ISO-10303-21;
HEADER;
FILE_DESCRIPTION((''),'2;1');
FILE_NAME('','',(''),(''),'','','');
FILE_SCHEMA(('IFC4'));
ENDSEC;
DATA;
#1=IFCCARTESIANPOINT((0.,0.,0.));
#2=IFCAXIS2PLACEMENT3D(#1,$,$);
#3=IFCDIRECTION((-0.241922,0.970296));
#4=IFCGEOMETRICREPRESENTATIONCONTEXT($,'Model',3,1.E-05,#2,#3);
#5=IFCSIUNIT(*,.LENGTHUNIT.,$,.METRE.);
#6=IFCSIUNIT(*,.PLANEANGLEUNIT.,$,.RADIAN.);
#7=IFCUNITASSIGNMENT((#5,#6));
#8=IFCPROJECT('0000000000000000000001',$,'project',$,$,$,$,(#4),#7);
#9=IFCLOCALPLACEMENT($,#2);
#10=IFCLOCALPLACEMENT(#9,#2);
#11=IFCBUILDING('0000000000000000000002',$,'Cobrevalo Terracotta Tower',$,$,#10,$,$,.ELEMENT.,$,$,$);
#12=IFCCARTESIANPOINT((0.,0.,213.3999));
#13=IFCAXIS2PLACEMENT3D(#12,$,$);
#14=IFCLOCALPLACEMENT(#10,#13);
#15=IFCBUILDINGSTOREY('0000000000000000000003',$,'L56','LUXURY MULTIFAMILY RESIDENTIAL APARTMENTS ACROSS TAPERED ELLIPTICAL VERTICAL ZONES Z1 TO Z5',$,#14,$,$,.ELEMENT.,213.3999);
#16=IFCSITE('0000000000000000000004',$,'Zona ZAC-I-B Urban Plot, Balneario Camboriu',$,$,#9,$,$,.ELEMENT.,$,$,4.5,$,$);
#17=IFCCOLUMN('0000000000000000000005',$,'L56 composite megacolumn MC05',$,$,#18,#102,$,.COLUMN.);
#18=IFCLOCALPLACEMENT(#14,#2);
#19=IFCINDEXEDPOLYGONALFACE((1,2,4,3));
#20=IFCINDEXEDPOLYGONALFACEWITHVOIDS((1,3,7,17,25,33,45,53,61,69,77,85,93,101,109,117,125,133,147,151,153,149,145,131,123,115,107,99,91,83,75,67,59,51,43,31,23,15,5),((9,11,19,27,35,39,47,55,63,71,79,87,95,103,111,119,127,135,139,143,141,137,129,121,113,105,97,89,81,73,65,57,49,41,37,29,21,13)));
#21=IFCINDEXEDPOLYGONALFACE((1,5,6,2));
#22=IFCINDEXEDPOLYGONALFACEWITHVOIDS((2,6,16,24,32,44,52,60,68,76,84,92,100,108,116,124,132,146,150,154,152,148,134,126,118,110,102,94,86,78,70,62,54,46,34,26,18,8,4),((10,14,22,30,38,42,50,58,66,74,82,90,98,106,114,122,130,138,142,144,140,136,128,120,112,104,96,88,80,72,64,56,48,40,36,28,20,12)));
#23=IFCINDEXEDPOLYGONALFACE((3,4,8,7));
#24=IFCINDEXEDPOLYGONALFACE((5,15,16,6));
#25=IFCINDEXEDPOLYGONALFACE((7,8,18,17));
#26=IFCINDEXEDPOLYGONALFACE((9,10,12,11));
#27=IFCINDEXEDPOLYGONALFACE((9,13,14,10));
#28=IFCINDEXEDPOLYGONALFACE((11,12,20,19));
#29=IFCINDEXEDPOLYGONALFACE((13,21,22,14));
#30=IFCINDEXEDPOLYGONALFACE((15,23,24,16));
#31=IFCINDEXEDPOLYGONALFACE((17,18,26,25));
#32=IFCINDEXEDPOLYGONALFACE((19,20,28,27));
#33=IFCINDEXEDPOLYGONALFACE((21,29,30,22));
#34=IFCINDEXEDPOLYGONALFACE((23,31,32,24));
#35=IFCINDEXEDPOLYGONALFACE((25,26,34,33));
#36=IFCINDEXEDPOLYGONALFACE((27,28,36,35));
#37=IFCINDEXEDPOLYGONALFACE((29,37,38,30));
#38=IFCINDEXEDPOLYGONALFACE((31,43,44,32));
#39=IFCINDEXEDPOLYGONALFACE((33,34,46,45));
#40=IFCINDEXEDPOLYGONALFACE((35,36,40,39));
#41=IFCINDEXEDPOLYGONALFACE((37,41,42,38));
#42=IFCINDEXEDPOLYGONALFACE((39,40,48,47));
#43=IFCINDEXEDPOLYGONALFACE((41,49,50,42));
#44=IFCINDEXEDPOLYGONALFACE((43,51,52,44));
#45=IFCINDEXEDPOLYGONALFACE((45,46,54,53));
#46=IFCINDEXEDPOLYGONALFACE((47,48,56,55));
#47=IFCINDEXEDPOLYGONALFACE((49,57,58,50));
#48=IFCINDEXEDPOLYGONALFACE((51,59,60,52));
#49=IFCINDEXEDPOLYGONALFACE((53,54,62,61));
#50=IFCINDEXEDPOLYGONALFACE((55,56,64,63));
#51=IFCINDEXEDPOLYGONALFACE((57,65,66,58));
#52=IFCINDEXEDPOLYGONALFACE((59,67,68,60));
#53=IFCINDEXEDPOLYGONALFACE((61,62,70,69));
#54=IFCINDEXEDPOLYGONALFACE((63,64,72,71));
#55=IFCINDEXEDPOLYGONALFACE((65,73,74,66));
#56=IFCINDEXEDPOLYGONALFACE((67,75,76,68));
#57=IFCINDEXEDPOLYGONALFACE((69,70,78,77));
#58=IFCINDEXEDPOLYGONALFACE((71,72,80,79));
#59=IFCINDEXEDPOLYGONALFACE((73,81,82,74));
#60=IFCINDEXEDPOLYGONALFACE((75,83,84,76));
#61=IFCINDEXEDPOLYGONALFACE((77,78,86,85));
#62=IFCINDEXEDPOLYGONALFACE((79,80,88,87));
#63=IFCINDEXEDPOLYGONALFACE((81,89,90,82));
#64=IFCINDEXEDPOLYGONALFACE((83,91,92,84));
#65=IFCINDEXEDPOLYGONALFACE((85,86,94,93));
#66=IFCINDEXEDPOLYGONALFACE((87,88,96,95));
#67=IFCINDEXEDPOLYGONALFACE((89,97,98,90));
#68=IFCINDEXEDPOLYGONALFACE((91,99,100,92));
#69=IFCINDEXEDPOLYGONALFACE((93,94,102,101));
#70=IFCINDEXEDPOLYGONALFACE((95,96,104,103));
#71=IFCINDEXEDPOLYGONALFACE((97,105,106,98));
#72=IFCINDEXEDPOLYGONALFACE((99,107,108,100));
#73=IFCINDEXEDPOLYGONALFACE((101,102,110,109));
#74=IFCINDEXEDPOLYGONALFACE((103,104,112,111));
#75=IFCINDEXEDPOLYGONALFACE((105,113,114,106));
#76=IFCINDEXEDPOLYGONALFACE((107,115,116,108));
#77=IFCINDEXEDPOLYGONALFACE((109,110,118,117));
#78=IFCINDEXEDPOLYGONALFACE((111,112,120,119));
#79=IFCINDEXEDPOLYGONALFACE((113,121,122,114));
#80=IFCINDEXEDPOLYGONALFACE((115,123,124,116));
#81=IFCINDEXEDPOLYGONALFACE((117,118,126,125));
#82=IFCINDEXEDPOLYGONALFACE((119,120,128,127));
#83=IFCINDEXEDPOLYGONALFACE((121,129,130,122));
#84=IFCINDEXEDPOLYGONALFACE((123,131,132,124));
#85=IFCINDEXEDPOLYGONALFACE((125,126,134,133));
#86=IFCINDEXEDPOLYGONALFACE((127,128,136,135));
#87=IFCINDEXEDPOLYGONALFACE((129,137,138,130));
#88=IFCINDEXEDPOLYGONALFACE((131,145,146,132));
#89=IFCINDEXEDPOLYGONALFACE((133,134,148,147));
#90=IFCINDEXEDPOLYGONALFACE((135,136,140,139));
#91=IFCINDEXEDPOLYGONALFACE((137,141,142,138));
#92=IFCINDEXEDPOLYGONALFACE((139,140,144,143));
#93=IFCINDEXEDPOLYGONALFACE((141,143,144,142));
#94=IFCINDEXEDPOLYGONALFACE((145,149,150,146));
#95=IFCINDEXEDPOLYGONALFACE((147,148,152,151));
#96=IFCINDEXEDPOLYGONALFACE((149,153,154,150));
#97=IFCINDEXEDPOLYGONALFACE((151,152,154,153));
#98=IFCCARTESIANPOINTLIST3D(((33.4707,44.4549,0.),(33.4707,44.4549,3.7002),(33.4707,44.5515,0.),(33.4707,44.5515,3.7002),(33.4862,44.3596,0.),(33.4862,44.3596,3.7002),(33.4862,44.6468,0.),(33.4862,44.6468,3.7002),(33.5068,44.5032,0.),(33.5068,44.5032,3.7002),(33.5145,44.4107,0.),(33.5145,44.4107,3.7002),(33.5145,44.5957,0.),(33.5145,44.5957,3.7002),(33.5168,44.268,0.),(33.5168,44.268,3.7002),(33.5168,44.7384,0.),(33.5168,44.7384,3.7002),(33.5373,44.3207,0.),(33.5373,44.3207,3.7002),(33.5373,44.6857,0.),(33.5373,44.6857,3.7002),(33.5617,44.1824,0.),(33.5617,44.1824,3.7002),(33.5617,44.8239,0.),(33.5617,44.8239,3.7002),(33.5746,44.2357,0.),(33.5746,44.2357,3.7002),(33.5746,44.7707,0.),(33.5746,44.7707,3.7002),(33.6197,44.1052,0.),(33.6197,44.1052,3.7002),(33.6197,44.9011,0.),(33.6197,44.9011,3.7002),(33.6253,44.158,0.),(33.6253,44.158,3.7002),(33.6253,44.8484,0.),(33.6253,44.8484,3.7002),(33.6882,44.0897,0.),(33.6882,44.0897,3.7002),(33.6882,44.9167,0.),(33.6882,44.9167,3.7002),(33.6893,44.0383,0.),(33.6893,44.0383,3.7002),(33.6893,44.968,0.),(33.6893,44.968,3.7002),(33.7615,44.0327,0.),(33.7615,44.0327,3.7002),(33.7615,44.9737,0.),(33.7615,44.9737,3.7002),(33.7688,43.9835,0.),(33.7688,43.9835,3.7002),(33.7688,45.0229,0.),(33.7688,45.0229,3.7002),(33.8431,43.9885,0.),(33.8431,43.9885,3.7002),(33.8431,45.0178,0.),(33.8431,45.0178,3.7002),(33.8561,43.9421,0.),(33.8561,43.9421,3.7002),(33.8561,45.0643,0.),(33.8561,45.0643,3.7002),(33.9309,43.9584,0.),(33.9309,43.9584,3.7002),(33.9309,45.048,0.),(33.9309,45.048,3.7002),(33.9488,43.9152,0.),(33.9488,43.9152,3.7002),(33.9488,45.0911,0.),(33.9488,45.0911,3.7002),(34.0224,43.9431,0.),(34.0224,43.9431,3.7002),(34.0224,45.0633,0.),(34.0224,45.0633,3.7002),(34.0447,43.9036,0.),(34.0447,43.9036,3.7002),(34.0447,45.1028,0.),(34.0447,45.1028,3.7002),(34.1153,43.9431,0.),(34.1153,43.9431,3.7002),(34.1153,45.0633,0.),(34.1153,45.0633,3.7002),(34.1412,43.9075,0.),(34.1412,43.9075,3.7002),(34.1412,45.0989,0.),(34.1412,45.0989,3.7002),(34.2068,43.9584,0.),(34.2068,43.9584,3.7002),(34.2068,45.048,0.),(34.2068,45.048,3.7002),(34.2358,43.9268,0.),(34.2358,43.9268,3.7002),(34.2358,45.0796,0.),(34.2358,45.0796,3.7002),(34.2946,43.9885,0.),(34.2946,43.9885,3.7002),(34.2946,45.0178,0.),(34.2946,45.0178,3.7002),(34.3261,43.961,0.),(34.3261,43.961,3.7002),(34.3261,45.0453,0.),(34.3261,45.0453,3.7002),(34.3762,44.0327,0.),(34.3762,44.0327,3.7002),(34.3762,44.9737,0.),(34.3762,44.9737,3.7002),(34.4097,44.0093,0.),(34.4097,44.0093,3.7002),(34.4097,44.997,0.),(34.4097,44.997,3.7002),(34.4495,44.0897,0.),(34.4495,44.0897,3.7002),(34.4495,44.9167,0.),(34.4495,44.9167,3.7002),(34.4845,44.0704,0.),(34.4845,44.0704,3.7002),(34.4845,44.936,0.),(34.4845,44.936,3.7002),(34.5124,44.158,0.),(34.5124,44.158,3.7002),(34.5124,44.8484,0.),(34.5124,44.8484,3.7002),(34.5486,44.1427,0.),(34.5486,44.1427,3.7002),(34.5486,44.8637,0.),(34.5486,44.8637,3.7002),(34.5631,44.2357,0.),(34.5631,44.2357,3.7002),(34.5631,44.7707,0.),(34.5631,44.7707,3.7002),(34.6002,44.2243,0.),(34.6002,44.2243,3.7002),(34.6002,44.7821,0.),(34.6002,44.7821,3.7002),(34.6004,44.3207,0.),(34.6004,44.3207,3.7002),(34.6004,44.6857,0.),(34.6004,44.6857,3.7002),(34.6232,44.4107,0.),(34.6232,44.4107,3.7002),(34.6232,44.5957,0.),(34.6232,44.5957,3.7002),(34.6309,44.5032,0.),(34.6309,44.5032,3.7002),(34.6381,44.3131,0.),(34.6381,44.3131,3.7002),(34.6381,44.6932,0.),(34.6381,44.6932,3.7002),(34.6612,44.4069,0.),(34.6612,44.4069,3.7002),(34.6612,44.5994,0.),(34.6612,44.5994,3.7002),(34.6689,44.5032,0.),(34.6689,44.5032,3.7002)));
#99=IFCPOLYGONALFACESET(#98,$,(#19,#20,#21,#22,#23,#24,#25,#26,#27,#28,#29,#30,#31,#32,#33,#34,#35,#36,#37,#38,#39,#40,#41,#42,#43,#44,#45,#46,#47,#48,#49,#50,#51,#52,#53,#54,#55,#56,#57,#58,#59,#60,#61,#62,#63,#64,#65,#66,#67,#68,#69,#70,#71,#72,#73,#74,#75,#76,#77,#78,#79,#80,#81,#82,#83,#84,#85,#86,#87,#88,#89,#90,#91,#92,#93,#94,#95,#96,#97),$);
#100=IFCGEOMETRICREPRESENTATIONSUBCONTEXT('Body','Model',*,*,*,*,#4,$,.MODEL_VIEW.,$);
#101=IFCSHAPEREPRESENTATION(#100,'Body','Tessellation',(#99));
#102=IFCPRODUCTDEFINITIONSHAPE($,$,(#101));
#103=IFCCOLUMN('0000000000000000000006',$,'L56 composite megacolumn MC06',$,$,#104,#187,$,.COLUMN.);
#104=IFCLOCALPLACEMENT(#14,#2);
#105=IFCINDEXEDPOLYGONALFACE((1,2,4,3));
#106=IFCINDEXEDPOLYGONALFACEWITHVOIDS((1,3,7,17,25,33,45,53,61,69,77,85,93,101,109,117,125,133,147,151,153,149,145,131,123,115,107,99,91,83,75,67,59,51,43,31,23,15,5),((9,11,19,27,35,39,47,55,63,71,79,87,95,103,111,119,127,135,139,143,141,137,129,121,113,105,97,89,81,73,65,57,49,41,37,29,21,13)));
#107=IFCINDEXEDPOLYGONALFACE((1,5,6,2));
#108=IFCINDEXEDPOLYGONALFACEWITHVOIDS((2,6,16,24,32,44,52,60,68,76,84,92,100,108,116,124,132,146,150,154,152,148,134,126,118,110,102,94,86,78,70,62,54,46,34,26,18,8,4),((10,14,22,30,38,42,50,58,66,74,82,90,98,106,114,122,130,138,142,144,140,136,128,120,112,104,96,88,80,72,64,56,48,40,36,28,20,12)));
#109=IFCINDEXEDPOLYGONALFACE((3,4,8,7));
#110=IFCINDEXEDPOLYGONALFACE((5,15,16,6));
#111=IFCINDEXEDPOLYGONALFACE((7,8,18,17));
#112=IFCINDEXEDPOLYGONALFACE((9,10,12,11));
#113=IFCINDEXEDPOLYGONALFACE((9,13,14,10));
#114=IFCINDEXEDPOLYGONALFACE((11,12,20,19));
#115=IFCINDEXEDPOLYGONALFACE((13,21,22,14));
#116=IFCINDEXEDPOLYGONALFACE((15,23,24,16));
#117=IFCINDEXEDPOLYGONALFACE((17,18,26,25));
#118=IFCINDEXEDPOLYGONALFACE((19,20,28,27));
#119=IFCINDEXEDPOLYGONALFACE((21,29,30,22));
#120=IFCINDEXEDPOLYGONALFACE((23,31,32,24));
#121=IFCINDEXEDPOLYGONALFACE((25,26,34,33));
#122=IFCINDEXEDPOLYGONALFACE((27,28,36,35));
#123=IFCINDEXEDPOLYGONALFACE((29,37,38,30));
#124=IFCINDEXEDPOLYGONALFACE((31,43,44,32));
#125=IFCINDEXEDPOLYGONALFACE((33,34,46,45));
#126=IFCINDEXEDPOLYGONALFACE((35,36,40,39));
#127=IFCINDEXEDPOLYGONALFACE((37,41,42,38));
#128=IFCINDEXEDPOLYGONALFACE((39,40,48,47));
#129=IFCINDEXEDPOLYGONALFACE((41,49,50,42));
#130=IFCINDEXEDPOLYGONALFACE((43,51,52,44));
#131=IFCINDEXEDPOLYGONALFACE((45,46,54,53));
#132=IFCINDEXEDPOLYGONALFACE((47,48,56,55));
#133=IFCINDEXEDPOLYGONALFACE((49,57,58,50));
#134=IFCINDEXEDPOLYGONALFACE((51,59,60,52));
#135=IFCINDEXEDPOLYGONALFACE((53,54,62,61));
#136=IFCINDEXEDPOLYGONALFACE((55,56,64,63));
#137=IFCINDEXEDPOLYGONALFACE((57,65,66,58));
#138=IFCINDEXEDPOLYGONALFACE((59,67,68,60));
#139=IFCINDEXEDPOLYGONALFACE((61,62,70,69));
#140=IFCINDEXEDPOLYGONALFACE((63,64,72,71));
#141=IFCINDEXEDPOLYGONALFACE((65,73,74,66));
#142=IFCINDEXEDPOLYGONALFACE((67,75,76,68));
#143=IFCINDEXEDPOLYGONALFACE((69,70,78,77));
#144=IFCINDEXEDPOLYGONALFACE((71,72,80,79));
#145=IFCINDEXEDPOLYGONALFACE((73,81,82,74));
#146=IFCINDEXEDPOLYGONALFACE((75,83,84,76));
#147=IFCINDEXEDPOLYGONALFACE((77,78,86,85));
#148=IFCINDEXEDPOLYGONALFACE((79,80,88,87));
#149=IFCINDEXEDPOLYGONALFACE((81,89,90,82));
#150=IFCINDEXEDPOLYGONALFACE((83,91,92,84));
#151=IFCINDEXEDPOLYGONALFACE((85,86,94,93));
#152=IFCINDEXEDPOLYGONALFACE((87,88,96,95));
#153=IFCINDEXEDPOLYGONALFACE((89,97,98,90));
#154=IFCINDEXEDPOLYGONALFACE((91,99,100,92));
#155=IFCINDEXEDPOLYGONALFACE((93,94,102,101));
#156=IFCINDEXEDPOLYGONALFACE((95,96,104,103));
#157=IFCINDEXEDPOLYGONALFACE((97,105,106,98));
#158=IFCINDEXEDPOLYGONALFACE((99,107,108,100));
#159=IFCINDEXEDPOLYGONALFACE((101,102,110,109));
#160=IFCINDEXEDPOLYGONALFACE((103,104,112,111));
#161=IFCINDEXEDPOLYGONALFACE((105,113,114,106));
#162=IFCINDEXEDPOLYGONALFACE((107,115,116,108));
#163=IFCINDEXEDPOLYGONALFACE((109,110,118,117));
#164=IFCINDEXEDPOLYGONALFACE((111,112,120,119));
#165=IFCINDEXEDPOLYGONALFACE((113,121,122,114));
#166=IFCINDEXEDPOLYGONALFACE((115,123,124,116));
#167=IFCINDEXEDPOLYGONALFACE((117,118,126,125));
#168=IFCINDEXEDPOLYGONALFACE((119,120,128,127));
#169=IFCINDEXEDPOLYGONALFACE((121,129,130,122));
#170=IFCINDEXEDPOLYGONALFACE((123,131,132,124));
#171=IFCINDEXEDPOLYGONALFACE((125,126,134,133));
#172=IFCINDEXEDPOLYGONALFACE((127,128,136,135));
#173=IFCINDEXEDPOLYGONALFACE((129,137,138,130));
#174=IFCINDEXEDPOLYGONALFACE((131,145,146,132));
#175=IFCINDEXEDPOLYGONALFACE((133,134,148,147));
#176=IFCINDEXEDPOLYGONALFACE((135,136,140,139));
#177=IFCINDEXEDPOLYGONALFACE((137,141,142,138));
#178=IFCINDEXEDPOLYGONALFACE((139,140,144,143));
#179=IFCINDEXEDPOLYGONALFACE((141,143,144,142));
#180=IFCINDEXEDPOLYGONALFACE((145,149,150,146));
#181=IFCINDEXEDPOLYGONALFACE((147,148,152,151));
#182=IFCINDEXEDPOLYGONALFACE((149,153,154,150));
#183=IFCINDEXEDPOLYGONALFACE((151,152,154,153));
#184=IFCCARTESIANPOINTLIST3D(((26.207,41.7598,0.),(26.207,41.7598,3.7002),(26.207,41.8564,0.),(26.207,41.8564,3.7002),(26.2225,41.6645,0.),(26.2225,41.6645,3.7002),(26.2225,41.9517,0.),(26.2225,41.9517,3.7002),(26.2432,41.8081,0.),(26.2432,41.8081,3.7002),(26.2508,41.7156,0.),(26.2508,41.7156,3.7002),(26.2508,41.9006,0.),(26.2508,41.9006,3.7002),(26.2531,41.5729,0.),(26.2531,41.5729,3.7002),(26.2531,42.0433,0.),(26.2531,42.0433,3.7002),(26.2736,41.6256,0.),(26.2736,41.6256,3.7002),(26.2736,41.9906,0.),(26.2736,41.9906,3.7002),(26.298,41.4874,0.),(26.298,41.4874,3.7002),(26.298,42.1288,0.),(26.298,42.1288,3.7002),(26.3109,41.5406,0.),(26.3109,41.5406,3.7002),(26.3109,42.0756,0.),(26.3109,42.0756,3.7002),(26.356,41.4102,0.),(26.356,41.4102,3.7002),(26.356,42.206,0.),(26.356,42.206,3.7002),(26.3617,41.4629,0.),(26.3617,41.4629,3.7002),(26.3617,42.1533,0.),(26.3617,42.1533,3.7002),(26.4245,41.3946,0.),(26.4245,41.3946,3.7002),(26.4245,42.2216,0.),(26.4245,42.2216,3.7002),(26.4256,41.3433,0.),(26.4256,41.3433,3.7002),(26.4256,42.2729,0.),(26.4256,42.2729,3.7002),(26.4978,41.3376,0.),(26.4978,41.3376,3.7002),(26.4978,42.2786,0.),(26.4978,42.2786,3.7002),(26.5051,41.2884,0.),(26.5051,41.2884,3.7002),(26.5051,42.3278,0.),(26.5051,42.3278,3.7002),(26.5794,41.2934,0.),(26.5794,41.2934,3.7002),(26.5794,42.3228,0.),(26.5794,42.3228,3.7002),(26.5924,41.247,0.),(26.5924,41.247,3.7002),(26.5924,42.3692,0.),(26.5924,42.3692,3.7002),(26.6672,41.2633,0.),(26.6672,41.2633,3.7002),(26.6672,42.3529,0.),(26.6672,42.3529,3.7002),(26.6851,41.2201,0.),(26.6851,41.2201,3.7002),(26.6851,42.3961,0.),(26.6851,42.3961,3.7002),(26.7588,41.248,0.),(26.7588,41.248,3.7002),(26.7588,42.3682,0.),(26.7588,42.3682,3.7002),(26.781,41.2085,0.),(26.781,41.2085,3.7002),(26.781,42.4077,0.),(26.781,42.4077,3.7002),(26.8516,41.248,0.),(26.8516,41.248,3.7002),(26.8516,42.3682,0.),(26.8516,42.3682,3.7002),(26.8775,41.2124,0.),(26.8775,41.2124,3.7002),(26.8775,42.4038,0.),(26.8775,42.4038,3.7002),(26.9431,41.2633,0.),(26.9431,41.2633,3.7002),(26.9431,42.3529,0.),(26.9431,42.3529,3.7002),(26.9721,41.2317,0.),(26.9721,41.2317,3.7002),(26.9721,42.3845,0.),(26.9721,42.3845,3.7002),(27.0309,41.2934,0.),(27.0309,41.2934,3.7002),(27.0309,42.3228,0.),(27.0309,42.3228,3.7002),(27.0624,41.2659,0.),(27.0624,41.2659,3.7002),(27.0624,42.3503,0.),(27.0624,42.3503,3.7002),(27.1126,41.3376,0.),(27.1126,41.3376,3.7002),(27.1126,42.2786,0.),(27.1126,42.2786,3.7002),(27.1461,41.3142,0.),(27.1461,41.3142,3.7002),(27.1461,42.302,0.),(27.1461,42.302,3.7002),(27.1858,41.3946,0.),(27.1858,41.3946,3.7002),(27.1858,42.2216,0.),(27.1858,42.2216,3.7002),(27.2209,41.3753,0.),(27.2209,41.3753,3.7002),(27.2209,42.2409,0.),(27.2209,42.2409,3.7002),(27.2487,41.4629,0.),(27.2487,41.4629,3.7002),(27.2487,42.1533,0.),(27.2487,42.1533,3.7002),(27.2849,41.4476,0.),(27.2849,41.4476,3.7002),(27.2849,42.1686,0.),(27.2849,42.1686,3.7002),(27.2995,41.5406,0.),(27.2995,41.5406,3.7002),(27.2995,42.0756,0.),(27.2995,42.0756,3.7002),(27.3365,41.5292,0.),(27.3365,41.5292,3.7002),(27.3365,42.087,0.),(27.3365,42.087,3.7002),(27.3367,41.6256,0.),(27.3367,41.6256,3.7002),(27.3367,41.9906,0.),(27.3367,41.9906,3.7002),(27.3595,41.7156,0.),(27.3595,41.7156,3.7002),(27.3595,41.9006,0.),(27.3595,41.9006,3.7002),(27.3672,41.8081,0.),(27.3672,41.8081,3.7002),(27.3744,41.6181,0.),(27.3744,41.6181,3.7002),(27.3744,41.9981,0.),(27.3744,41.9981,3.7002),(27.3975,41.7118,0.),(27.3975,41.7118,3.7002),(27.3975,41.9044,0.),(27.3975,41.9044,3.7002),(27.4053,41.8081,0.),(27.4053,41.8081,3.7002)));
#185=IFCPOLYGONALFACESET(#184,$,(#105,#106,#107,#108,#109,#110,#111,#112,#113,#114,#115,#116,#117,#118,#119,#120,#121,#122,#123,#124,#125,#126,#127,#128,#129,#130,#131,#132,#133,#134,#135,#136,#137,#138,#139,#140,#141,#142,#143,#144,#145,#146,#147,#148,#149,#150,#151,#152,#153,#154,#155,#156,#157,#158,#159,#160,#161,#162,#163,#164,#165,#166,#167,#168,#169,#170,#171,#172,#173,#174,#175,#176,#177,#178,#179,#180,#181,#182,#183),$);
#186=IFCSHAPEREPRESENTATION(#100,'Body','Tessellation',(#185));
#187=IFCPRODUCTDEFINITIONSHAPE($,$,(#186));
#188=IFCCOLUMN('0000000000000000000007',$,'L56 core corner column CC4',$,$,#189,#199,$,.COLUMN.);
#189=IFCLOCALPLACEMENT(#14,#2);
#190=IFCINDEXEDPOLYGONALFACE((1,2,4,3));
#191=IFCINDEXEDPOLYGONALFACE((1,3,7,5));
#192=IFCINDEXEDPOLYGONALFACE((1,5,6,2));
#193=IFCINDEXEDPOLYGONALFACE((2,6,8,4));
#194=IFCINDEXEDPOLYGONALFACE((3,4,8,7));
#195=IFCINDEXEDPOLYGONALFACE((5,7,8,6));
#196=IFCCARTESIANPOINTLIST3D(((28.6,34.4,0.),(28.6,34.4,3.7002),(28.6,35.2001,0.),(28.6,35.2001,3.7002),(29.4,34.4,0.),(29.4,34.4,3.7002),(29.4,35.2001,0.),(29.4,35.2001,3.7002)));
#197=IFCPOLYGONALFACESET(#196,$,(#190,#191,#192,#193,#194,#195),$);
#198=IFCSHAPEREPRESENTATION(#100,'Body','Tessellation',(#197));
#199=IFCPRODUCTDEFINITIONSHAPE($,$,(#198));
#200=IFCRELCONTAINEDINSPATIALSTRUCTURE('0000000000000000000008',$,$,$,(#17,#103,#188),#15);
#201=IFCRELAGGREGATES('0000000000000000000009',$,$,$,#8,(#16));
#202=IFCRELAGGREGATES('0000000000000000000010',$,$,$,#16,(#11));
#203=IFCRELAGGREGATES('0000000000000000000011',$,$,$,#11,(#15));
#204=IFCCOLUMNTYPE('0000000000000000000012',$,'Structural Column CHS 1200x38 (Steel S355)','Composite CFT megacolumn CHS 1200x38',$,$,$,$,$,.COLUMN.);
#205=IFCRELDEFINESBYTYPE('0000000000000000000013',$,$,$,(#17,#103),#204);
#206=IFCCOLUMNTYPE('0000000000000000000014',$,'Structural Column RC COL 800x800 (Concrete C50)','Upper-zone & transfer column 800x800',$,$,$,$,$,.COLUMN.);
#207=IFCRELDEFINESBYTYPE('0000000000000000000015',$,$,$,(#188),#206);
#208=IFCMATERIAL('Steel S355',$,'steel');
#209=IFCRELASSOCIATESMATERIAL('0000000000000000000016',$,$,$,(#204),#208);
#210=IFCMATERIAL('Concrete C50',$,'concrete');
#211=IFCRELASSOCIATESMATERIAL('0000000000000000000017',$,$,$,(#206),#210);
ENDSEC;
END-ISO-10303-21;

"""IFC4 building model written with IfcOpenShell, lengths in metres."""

from ifc_helpers import new_model, si_unit, direction, frame, origin, origin_2d, place, context, subcontext, project, spatial, rectangle, hollow_circle, extrude, material, material_profile, profile_set, type_object, element, save


model = new_model("IFC4")

# Units and contexts
model_context = context("Model", 3, precision=1e-05, world=origin(), true_north=direction((-0.241922, 0.970296)))
body_context = subcontext(model_context, "Body", "Model", "MODEL_VIEW")
ifc_project = project(units=[si_unit("LENGTHUNIT", "METRE"), si_unit("PLANEANGLEUNIT", "RADIAN")], contexts=[model_context])

# Site, building, storey
site_placement = place(None, origin())
site = spatial("IfcSite", under=ifc_project, at=site_placement, Name="Zona ZAC-I-B Urban Plot, Balneario Camboriu", CompositionType="ELEMENT", RefElevation=4.5)
building_placement = place(site_placement, origin())
building = spatial("IfcBuilding", under=site, at=building_placement, Name="Cobrevalo Terracotta Tower", CompositionType="ELEMENT")
storey_placement = place(building_placement, frame((0.0, 0.0, 213.3999)))
storey = spatial("IfcBuildingStorey", under=building, at=storey_placement, Name="L56", Description="LUXURY MULTIFAMILY RESIDENTIAL APARTMENTS ACROSS TAPERED ELLIPTICAL VERTICAL ZONES Z1 TO Z5", CompositionType="ELEMENT", Elevation=213.3999)

# Columns
ifc_material_1 = material(Name="Steel S355", Category="steel")
ifc_material_profile_1 = material_profile(ifc_material_1, hollow_circle(Radius=0.6001, WallThickness=0.0381, at=origin_2d()), Name="CHS 1200x38")
ifc_profile_set_1 = profile_set([ifc_material_profile_1], Name="Steel S355")
column_type_1 = type_object("IfcColumnType", Name="Structural Column CHS 1200x38 (Steel S355)", Description="Composite CFT megacolumn CHS 1200x38", PredefinedType="COLUMN", material=ifc_profile_set_1)
for number, where, z_axis, x_axis, name in (
    (1, (34.0688, 44.5032, 0.0), (0.0, 0.0, 1.0), (1.0, 0.0, 0.0), "L56 composite megacolumn MC05"),
    (2, (26.8052, 41.8081, 0.0), (0.0, 0.0, 1.0), (1.0, 0.0, 0.0), "L56 composite megacolumn MC06"),
):
    element("IfcColumn", number, at=place(storey_placement, frame(where, z_axis=z_axis, x_axis=x_axis)), inside=storey, type_object=column_type_1, Name=name, PredefinedType="COLUMN", context=body_context, shape_type="SweptSolid", body=[
        extrude(hollow_circle(Radius=0.6001, WallThickness=0.0381, at=origin_2d()), origin(), (0.0, 0.0, 1.0), 3.7002),
    ])
ifc_material_2 = material(Name="Concrete C50", Category="concrete")
ifc_material_profile_2 = material_profile(ifc_material_2, rectangle(XDim=0.8, YDim=0.8, at=origin_2d()), Name="RC COL 800x800")
ifc_profile_set_2 = profile_set([ifc_material_profile_2], Name="Concrete C50")
column_type_2 = type_object("IfcColumnType", Name="Structural Column RC COL 800x800 (Concrete C50)", Description="Upper-zone & transfer column 800x800", PredefinedType="COLUMN", material=ifc_profile_set_2)
column_placement = place(storey_placement, frame((29.0, 34.8, 0.0), z_axis=(0.0, 0.0, 1.0), x_axis=(1.0, 0.0, 0.0)))
element("IfcColumn", 3, at=column_placement, inside=storey, type_object=column_type_2, Name="L56 core corner column CC4", PredefinedType="COLUMN", context=body_context, shape_type="SweptSolid", body=[
    extrude(rectangle(XDim=0.8, YDim=0.8, at=origin_2d()), origin(), (0.0, 0.0, 1.0), 3.7002),
])

save(model, "model.ifc")
